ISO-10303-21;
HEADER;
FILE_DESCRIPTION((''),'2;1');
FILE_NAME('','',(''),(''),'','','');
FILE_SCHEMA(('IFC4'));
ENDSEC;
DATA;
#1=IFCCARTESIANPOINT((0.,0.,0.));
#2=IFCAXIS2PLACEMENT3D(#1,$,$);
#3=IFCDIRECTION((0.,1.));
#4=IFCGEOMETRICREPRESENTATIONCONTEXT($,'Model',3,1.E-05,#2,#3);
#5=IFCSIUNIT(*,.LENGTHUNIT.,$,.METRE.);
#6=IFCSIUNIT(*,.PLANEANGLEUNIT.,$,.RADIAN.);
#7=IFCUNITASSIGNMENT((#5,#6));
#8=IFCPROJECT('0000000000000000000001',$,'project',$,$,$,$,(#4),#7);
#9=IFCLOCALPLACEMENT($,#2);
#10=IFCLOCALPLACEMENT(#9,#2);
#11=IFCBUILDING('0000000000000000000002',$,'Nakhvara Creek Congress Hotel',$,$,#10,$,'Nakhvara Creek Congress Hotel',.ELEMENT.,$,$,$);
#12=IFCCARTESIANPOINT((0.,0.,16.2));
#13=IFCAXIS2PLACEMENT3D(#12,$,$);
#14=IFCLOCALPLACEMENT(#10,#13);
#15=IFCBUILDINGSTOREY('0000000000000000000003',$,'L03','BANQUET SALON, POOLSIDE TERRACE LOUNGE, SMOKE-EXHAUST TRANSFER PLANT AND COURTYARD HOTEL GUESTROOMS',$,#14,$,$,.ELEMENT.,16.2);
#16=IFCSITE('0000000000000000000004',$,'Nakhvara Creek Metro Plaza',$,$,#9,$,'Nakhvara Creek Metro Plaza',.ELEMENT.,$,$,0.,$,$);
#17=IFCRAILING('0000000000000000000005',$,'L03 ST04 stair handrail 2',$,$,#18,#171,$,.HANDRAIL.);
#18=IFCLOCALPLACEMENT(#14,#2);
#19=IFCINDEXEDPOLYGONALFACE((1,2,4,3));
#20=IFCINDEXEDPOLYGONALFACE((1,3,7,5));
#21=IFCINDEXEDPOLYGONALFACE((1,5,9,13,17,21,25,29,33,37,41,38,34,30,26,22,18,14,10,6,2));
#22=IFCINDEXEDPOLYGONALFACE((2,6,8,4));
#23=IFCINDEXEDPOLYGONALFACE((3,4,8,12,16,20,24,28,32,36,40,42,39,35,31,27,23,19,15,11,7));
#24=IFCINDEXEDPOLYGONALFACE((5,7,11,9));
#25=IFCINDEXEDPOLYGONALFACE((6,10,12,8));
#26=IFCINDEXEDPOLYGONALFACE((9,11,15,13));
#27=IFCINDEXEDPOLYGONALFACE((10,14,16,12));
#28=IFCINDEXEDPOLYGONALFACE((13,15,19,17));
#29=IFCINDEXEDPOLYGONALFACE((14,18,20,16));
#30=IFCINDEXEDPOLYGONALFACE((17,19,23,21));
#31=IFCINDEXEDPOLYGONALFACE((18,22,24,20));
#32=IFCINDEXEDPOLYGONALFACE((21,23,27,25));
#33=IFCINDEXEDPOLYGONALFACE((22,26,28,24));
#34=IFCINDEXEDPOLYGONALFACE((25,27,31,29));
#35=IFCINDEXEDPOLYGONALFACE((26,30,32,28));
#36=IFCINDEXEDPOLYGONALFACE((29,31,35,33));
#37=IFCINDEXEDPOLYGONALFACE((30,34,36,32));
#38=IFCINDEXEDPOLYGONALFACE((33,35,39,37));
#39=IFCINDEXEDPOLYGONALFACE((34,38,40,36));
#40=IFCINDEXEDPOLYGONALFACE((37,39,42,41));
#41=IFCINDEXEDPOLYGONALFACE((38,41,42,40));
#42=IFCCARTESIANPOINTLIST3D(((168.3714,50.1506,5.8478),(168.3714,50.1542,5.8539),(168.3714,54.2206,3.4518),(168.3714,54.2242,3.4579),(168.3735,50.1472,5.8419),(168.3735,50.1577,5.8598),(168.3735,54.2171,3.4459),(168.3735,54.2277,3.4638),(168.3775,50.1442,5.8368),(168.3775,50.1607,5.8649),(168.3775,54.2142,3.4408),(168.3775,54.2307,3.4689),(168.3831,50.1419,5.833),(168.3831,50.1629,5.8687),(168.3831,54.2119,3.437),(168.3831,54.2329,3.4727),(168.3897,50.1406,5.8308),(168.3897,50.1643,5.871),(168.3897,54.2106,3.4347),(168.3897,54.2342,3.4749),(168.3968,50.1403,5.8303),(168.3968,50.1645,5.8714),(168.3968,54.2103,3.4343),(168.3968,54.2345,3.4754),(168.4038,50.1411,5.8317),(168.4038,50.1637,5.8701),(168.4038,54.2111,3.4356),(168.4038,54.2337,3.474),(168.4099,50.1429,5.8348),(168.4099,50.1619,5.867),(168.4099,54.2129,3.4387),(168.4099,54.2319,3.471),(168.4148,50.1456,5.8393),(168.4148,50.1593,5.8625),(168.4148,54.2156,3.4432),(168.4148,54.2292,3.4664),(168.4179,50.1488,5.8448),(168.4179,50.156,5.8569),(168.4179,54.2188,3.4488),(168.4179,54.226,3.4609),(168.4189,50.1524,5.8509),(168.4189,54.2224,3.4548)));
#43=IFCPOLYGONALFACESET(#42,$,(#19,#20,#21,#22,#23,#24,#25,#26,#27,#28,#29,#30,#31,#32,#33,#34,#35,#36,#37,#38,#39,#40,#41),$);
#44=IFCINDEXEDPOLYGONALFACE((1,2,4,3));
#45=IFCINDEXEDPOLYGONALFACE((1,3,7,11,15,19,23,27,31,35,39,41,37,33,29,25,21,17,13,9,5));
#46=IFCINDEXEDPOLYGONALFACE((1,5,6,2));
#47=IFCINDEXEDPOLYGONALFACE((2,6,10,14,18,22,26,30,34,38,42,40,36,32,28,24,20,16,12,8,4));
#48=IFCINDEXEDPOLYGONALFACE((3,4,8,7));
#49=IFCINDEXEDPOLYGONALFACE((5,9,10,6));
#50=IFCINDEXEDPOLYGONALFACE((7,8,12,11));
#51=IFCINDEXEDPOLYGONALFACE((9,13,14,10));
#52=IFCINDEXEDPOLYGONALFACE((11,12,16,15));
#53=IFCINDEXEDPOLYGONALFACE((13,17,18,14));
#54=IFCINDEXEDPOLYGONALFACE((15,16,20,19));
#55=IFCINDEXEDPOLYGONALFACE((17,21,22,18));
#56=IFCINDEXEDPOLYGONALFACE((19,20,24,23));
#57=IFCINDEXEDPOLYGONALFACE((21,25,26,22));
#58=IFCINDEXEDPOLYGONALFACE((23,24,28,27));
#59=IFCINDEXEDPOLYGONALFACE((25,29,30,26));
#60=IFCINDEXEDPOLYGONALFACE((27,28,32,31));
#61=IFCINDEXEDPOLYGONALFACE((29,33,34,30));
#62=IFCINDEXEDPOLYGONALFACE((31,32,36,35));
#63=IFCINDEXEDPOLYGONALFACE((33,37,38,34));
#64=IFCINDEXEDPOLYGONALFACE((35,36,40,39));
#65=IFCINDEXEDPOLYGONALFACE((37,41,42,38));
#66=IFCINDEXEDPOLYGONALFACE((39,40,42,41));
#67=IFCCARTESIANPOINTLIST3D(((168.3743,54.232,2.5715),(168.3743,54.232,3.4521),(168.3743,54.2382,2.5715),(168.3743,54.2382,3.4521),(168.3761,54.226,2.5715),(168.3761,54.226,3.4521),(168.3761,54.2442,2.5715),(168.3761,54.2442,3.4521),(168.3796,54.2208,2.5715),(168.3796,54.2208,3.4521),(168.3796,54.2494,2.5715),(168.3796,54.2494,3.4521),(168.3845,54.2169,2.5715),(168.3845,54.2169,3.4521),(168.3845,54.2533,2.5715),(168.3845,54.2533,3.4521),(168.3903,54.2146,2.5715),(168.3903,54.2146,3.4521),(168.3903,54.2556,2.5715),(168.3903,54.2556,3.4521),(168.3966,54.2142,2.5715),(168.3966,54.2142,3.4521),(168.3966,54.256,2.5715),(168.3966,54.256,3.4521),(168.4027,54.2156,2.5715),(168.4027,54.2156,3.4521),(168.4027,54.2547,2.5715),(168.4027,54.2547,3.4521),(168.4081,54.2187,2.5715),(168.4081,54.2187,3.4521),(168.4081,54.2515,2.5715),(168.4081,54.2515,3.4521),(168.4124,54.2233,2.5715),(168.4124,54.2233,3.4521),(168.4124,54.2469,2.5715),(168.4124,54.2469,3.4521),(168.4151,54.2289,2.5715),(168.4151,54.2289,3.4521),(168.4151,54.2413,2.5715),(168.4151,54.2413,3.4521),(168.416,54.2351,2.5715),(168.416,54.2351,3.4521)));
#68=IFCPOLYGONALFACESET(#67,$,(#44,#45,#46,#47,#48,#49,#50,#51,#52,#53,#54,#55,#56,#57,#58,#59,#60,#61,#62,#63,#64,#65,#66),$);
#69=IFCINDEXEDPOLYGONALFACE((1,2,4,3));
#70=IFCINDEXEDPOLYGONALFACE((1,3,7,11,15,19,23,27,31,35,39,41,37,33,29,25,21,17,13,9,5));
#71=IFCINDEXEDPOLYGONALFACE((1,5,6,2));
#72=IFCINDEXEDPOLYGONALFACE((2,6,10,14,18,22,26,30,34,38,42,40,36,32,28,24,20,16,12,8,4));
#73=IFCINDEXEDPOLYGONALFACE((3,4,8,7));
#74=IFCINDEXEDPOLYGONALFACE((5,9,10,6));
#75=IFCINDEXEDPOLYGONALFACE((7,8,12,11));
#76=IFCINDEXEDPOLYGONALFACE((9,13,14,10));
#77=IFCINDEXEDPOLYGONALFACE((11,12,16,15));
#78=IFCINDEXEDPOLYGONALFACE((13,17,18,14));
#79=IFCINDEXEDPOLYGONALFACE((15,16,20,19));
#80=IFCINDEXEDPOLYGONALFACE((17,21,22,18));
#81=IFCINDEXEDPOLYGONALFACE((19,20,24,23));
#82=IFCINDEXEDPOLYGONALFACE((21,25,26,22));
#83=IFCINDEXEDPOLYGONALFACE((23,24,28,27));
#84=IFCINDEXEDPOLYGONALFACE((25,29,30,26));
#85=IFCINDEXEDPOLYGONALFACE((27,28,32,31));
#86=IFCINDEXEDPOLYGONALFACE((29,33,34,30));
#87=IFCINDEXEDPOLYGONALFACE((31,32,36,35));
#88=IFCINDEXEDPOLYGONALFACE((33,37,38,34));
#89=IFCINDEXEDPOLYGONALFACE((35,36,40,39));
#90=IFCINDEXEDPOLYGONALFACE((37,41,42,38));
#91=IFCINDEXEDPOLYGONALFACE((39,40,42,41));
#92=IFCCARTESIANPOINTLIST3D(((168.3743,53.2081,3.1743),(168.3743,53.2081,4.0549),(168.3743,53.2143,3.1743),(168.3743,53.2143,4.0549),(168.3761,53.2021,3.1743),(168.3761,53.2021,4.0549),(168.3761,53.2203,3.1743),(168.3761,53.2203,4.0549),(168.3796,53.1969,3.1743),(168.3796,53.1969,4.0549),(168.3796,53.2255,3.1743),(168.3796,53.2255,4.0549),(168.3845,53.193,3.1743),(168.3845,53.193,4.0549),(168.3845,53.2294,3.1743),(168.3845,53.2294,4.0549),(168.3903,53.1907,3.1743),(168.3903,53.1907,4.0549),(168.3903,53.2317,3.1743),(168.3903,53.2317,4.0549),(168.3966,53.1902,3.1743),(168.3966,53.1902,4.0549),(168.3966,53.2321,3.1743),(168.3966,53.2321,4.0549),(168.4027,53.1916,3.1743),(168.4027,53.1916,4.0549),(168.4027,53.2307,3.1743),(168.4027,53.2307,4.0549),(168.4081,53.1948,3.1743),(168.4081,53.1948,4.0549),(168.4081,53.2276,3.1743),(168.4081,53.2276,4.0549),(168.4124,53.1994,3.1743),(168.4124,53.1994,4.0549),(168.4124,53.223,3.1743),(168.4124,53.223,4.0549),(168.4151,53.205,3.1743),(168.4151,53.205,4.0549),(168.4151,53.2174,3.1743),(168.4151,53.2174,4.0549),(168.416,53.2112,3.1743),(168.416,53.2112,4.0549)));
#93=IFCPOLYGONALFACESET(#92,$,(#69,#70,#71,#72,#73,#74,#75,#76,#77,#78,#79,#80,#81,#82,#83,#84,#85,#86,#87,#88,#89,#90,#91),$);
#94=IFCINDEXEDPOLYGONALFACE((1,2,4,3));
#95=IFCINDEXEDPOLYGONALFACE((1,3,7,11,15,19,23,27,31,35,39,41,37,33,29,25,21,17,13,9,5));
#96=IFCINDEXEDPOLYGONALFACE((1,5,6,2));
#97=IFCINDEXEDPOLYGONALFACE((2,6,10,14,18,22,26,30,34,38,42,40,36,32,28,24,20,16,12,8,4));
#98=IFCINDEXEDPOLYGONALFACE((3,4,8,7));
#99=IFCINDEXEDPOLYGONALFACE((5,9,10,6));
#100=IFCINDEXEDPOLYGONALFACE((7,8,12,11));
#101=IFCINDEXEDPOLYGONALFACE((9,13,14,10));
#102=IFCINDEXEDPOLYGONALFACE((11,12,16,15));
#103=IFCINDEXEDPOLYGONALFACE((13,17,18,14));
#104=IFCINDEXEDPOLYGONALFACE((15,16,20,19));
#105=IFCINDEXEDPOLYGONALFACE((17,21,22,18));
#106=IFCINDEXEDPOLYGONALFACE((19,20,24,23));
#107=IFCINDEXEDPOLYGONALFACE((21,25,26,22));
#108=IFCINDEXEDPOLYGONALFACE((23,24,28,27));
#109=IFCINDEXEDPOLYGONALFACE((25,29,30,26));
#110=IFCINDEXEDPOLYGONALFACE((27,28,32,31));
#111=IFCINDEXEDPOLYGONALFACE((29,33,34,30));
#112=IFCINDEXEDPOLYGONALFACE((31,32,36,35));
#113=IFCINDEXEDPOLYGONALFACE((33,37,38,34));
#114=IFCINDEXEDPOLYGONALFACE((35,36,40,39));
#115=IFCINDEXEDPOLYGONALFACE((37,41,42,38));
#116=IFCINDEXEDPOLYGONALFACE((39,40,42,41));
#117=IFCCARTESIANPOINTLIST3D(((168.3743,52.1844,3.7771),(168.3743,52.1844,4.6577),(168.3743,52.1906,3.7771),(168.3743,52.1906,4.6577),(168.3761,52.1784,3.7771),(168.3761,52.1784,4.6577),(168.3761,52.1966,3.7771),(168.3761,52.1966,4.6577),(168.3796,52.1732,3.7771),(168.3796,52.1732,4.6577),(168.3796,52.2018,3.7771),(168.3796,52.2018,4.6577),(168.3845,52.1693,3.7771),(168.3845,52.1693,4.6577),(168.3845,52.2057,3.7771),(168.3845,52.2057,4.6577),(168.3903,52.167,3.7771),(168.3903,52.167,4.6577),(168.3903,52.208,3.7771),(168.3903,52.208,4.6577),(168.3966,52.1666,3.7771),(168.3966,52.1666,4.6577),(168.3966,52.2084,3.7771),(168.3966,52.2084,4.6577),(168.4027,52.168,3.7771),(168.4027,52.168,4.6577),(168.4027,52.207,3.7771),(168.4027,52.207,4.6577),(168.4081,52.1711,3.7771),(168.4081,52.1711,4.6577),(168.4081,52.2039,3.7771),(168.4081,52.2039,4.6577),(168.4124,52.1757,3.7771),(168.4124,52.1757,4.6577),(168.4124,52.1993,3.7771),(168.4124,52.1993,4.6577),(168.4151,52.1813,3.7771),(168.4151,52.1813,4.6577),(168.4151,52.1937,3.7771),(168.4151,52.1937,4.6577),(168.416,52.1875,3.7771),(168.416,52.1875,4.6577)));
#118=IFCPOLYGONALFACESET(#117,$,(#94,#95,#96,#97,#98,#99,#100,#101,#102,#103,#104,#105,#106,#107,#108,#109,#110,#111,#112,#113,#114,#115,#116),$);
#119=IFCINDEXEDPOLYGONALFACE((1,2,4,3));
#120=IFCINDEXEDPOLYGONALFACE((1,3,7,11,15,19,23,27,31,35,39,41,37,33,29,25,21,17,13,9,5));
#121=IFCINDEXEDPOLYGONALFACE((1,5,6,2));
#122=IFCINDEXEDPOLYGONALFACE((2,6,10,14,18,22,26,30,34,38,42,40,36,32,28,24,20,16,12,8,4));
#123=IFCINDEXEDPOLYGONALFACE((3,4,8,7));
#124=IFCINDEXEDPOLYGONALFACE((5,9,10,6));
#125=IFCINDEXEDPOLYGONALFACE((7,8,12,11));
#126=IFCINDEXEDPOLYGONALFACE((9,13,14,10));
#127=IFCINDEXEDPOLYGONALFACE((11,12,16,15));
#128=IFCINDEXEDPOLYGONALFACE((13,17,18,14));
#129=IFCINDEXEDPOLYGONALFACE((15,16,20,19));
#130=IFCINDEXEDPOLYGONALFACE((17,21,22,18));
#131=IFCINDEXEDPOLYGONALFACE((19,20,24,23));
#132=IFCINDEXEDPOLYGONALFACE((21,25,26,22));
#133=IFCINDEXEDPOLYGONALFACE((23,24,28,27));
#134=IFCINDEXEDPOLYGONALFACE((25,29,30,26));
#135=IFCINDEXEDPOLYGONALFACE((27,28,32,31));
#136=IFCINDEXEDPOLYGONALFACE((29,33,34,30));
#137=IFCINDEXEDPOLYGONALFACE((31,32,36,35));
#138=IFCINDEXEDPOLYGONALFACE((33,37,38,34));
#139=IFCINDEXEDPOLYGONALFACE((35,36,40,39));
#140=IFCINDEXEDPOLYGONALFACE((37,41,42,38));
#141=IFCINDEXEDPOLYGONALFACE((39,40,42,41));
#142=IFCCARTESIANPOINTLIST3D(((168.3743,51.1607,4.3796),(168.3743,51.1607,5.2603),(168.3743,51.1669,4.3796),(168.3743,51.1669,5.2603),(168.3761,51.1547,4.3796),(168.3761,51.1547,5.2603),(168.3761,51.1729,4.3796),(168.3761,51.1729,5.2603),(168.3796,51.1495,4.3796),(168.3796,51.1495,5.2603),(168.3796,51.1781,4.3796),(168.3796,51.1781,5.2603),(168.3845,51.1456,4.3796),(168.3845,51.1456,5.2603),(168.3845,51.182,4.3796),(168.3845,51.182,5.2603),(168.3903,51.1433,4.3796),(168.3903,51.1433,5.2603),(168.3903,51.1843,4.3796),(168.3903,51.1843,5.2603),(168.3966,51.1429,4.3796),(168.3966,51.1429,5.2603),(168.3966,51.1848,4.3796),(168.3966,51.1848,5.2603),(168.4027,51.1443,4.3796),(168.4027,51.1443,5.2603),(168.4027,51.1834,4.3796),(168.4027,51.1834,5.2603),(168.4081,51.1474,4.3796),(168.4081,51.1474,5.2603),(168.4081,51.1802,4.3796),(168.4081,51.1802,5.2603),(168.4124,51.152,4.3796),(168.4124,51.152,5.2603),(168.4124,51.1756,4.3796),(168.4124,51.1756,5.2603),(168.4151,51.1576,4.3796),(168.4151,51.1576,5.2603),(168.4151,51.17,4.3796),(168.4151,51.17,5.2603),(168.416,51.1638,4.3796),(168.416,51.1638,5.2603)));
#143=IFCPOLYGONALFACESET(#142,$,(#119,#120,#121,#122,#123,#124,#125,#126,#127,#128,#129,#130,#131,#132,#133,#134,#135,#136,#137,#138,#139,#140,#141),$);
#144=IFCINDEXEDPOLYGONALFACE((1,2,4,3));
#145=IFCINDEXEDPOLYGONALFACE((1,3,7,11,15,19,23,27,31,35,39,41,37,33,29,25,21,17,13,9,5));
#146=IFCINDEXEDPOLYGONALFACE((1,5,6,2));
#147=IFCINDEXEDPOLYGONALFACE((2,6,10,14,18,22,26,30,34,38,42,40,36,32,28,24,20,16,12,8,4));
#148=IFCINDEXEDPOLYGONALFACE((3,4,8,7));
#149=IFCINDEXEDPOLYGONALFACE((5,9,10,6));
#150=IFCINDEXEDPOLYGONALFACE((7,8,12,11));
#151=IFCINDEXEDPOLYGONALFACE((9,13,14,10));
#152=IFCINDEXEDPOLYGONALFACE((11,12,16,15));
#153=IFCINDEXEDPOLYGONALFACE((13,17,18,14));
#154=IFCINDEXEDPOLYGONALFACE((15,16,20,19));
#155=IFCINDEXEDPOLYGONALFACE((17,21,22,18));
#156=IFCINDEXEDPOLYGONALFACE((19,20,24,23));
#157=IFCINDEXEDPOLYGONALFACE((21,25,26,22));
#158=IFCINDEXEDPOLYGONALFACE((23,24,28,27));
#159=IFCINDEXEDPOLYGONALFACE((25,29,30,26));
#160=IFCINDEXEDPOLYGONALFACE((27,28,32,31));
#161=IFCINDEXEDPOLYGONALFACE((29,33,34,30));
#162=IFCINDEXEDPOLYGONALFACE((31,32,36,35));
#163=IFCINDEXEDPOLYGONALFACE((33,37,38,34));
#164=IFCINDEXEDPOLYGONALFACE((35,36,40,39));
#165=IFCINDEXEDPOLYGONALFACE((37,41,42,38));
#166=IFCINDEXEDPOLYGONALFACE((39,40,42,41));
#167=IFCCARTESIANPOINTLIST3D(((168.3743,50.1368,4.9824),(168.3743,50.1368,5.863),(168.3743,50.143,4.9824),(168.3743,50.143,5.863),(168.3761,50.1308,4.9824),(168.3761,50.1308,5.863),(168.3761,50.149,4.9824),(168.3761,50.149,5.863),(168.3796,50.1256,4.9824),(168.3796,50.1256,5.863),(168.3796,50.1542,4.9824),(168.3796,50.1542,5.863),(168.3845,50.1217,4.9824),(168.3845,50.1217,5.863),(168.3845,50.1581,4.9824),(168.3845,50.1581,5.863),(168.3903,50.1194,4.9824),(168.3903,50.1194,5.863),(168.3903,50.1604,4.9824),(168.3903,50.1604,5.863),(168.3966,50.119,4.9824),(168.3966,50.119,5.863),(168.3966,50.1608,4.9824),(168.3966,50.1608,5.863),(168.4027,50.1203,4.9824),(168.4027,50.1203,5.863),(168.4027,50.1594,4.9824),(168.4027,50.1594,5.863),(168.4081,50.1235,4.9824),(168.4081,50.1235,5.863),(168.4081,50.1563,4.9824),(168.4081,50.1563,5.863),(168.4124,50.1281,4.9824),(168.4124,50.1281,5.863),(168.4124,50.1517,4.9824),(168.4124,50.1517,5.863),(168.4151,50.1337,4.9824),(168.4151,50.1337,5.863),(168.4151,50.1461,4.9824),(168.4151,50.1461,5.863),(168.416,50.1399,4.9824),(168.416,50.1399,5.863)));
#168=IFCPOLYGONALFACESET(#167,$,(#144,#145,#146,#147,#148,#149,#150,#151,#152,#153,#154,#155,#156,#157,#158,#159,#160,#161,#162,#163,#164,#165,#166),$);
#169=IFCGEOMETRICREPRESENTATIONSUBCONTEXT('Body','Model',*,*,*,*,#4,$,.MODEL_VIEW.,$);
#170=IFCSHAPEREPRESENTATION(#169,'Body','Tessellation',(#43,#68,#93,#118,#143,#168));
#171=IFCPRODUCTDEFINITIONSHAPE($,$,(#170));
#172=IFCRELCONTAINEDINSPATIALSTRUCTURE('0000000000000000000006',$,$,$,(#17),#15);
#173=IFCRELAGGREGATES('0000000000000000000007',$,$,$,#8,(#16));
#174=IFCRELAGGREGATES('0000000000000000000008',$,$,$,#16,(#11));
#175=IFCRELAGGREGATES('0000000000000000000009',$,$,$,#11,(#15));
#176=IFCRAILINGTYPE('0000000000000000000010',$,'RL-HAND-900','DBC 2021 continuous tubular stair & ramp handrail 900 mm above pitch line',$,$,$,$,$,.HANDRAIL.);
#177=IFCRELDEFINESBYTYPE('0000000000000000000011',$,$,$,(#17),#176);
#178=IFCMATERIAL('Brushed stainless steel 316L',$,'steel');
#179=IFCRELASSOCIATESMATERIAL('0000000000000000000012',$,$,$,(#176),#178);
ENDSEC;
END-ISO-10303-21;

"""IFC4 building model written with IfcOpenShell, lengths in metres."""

from ifc_helpers import new_model, si_unit, direction, frame, origin, origin_2d, place, context, subcontext, project, spatial, circle, extrude, material, type_object, element, save


model = new_model("IFC4")

# Units and contexts
model_context = context("Model", 3, precision=1e-05, world=origin(), true_north=direction((0.0, 1.0)))
body_context = subcontext(model_context, "Body", "Model", "MODEL_VIEW")
ifc_project = project(units=[si_unit("LENGTHUNIT", "METRE"), si_unit("PLANEANGLEUNIT", "RADIAN")], contexts=[model_context])

# Site, building, storey
site_placement = place(None, origin())
site = spatial("IfcSite", under=ifc_project, at=site_placement, Name="Nakhvara Creek Metro Plaza", LongName="Nakhvara Creek Metro Plaza", CompositionType="ELEMENT", RefElevation=0.0)
building_placement = place(site_placement, origin())
building = spatial("IfcBuilding", under=site, at=building_placement, Name="Nakhvara Creek Congress Hotel", LongName="Nakhvara Creek Congress Hotel", CompositionType="ELEMENT")
storey_placement = place(building_placement, frame((0.0, 0.0, 16.2)))
storey = spatial("IfcBuildingStorey", under=building, at=storey_placement, Name="L03", Description="BANQUET SALON, POOLSIDE TERRACE LOUNGE, SMOKE-EXHAUST TRANSFER PLANT AND COURTYARD HOTEL GUESTROOMS", CompositionType="ELEMENT", Elevation=16.2)

# Railing
ifc_material_1 = material(Name="Brushed stainless steel 316L", Category="steel")
railing_type_1 = type_object("IfcRailingType", Name="RL-HAND-900", Description="DBC 2021 continuous tubular stair & ramp handrail 900 mm above pitch line", PredefinedType="HANDRAIL", material=ifc_material_1)
railing_1_placement = place(storey_placement, frame((168.395, 54.2351, 2.5715)))
element("IfcRailing", 1, at=railing_1_placement, inside=storey, type_object=railing_type_1, Name="L03 ST04 stair handrail 2", PredefinedType="HANDRAIL", context=body_context, shape_type="SweptSolid", body=[
    extrude(circle(Radius=0.0239, at=origin_2d()), frame((0.0, -0.0127, 0.8833), z_axis=(0.0, -0.861756, 0.507323), x_axis=(1.0, 0.0, 0.0)), (0.0, 0.0, 1.0), 4.7229),
    extrude(circle(Radius=0.021, at=origin_2d()), origin(), (0.0, 0.0, 1.0), 0.8806),
    extrude(circle(Radius=0.021, at=origin_2d()), frame((0.0, -1.0239, 0.6028)), (0.0, 0.0, 1.0), 0.8806),
    extrude(circle(Radius=0.021, at=origin_2d()), frame((0.0, -2.0476, 1.2056)), (0.0, 0.0, 1.0), 0.8806),
    extrude(circle(Radius=0.021, at=origin_2d()), frame((0.0, -3.0713, 1.8081)), (0.0, 0.0, 1.0), 0.8806),
    extrude(circle(Radius=0.021, at=origin_2d()), frame((0.0, -4.0952, 2.4109)), (0.0, 0.0, 1.0), 0.8806),
])

save(model, "model.ifc")
